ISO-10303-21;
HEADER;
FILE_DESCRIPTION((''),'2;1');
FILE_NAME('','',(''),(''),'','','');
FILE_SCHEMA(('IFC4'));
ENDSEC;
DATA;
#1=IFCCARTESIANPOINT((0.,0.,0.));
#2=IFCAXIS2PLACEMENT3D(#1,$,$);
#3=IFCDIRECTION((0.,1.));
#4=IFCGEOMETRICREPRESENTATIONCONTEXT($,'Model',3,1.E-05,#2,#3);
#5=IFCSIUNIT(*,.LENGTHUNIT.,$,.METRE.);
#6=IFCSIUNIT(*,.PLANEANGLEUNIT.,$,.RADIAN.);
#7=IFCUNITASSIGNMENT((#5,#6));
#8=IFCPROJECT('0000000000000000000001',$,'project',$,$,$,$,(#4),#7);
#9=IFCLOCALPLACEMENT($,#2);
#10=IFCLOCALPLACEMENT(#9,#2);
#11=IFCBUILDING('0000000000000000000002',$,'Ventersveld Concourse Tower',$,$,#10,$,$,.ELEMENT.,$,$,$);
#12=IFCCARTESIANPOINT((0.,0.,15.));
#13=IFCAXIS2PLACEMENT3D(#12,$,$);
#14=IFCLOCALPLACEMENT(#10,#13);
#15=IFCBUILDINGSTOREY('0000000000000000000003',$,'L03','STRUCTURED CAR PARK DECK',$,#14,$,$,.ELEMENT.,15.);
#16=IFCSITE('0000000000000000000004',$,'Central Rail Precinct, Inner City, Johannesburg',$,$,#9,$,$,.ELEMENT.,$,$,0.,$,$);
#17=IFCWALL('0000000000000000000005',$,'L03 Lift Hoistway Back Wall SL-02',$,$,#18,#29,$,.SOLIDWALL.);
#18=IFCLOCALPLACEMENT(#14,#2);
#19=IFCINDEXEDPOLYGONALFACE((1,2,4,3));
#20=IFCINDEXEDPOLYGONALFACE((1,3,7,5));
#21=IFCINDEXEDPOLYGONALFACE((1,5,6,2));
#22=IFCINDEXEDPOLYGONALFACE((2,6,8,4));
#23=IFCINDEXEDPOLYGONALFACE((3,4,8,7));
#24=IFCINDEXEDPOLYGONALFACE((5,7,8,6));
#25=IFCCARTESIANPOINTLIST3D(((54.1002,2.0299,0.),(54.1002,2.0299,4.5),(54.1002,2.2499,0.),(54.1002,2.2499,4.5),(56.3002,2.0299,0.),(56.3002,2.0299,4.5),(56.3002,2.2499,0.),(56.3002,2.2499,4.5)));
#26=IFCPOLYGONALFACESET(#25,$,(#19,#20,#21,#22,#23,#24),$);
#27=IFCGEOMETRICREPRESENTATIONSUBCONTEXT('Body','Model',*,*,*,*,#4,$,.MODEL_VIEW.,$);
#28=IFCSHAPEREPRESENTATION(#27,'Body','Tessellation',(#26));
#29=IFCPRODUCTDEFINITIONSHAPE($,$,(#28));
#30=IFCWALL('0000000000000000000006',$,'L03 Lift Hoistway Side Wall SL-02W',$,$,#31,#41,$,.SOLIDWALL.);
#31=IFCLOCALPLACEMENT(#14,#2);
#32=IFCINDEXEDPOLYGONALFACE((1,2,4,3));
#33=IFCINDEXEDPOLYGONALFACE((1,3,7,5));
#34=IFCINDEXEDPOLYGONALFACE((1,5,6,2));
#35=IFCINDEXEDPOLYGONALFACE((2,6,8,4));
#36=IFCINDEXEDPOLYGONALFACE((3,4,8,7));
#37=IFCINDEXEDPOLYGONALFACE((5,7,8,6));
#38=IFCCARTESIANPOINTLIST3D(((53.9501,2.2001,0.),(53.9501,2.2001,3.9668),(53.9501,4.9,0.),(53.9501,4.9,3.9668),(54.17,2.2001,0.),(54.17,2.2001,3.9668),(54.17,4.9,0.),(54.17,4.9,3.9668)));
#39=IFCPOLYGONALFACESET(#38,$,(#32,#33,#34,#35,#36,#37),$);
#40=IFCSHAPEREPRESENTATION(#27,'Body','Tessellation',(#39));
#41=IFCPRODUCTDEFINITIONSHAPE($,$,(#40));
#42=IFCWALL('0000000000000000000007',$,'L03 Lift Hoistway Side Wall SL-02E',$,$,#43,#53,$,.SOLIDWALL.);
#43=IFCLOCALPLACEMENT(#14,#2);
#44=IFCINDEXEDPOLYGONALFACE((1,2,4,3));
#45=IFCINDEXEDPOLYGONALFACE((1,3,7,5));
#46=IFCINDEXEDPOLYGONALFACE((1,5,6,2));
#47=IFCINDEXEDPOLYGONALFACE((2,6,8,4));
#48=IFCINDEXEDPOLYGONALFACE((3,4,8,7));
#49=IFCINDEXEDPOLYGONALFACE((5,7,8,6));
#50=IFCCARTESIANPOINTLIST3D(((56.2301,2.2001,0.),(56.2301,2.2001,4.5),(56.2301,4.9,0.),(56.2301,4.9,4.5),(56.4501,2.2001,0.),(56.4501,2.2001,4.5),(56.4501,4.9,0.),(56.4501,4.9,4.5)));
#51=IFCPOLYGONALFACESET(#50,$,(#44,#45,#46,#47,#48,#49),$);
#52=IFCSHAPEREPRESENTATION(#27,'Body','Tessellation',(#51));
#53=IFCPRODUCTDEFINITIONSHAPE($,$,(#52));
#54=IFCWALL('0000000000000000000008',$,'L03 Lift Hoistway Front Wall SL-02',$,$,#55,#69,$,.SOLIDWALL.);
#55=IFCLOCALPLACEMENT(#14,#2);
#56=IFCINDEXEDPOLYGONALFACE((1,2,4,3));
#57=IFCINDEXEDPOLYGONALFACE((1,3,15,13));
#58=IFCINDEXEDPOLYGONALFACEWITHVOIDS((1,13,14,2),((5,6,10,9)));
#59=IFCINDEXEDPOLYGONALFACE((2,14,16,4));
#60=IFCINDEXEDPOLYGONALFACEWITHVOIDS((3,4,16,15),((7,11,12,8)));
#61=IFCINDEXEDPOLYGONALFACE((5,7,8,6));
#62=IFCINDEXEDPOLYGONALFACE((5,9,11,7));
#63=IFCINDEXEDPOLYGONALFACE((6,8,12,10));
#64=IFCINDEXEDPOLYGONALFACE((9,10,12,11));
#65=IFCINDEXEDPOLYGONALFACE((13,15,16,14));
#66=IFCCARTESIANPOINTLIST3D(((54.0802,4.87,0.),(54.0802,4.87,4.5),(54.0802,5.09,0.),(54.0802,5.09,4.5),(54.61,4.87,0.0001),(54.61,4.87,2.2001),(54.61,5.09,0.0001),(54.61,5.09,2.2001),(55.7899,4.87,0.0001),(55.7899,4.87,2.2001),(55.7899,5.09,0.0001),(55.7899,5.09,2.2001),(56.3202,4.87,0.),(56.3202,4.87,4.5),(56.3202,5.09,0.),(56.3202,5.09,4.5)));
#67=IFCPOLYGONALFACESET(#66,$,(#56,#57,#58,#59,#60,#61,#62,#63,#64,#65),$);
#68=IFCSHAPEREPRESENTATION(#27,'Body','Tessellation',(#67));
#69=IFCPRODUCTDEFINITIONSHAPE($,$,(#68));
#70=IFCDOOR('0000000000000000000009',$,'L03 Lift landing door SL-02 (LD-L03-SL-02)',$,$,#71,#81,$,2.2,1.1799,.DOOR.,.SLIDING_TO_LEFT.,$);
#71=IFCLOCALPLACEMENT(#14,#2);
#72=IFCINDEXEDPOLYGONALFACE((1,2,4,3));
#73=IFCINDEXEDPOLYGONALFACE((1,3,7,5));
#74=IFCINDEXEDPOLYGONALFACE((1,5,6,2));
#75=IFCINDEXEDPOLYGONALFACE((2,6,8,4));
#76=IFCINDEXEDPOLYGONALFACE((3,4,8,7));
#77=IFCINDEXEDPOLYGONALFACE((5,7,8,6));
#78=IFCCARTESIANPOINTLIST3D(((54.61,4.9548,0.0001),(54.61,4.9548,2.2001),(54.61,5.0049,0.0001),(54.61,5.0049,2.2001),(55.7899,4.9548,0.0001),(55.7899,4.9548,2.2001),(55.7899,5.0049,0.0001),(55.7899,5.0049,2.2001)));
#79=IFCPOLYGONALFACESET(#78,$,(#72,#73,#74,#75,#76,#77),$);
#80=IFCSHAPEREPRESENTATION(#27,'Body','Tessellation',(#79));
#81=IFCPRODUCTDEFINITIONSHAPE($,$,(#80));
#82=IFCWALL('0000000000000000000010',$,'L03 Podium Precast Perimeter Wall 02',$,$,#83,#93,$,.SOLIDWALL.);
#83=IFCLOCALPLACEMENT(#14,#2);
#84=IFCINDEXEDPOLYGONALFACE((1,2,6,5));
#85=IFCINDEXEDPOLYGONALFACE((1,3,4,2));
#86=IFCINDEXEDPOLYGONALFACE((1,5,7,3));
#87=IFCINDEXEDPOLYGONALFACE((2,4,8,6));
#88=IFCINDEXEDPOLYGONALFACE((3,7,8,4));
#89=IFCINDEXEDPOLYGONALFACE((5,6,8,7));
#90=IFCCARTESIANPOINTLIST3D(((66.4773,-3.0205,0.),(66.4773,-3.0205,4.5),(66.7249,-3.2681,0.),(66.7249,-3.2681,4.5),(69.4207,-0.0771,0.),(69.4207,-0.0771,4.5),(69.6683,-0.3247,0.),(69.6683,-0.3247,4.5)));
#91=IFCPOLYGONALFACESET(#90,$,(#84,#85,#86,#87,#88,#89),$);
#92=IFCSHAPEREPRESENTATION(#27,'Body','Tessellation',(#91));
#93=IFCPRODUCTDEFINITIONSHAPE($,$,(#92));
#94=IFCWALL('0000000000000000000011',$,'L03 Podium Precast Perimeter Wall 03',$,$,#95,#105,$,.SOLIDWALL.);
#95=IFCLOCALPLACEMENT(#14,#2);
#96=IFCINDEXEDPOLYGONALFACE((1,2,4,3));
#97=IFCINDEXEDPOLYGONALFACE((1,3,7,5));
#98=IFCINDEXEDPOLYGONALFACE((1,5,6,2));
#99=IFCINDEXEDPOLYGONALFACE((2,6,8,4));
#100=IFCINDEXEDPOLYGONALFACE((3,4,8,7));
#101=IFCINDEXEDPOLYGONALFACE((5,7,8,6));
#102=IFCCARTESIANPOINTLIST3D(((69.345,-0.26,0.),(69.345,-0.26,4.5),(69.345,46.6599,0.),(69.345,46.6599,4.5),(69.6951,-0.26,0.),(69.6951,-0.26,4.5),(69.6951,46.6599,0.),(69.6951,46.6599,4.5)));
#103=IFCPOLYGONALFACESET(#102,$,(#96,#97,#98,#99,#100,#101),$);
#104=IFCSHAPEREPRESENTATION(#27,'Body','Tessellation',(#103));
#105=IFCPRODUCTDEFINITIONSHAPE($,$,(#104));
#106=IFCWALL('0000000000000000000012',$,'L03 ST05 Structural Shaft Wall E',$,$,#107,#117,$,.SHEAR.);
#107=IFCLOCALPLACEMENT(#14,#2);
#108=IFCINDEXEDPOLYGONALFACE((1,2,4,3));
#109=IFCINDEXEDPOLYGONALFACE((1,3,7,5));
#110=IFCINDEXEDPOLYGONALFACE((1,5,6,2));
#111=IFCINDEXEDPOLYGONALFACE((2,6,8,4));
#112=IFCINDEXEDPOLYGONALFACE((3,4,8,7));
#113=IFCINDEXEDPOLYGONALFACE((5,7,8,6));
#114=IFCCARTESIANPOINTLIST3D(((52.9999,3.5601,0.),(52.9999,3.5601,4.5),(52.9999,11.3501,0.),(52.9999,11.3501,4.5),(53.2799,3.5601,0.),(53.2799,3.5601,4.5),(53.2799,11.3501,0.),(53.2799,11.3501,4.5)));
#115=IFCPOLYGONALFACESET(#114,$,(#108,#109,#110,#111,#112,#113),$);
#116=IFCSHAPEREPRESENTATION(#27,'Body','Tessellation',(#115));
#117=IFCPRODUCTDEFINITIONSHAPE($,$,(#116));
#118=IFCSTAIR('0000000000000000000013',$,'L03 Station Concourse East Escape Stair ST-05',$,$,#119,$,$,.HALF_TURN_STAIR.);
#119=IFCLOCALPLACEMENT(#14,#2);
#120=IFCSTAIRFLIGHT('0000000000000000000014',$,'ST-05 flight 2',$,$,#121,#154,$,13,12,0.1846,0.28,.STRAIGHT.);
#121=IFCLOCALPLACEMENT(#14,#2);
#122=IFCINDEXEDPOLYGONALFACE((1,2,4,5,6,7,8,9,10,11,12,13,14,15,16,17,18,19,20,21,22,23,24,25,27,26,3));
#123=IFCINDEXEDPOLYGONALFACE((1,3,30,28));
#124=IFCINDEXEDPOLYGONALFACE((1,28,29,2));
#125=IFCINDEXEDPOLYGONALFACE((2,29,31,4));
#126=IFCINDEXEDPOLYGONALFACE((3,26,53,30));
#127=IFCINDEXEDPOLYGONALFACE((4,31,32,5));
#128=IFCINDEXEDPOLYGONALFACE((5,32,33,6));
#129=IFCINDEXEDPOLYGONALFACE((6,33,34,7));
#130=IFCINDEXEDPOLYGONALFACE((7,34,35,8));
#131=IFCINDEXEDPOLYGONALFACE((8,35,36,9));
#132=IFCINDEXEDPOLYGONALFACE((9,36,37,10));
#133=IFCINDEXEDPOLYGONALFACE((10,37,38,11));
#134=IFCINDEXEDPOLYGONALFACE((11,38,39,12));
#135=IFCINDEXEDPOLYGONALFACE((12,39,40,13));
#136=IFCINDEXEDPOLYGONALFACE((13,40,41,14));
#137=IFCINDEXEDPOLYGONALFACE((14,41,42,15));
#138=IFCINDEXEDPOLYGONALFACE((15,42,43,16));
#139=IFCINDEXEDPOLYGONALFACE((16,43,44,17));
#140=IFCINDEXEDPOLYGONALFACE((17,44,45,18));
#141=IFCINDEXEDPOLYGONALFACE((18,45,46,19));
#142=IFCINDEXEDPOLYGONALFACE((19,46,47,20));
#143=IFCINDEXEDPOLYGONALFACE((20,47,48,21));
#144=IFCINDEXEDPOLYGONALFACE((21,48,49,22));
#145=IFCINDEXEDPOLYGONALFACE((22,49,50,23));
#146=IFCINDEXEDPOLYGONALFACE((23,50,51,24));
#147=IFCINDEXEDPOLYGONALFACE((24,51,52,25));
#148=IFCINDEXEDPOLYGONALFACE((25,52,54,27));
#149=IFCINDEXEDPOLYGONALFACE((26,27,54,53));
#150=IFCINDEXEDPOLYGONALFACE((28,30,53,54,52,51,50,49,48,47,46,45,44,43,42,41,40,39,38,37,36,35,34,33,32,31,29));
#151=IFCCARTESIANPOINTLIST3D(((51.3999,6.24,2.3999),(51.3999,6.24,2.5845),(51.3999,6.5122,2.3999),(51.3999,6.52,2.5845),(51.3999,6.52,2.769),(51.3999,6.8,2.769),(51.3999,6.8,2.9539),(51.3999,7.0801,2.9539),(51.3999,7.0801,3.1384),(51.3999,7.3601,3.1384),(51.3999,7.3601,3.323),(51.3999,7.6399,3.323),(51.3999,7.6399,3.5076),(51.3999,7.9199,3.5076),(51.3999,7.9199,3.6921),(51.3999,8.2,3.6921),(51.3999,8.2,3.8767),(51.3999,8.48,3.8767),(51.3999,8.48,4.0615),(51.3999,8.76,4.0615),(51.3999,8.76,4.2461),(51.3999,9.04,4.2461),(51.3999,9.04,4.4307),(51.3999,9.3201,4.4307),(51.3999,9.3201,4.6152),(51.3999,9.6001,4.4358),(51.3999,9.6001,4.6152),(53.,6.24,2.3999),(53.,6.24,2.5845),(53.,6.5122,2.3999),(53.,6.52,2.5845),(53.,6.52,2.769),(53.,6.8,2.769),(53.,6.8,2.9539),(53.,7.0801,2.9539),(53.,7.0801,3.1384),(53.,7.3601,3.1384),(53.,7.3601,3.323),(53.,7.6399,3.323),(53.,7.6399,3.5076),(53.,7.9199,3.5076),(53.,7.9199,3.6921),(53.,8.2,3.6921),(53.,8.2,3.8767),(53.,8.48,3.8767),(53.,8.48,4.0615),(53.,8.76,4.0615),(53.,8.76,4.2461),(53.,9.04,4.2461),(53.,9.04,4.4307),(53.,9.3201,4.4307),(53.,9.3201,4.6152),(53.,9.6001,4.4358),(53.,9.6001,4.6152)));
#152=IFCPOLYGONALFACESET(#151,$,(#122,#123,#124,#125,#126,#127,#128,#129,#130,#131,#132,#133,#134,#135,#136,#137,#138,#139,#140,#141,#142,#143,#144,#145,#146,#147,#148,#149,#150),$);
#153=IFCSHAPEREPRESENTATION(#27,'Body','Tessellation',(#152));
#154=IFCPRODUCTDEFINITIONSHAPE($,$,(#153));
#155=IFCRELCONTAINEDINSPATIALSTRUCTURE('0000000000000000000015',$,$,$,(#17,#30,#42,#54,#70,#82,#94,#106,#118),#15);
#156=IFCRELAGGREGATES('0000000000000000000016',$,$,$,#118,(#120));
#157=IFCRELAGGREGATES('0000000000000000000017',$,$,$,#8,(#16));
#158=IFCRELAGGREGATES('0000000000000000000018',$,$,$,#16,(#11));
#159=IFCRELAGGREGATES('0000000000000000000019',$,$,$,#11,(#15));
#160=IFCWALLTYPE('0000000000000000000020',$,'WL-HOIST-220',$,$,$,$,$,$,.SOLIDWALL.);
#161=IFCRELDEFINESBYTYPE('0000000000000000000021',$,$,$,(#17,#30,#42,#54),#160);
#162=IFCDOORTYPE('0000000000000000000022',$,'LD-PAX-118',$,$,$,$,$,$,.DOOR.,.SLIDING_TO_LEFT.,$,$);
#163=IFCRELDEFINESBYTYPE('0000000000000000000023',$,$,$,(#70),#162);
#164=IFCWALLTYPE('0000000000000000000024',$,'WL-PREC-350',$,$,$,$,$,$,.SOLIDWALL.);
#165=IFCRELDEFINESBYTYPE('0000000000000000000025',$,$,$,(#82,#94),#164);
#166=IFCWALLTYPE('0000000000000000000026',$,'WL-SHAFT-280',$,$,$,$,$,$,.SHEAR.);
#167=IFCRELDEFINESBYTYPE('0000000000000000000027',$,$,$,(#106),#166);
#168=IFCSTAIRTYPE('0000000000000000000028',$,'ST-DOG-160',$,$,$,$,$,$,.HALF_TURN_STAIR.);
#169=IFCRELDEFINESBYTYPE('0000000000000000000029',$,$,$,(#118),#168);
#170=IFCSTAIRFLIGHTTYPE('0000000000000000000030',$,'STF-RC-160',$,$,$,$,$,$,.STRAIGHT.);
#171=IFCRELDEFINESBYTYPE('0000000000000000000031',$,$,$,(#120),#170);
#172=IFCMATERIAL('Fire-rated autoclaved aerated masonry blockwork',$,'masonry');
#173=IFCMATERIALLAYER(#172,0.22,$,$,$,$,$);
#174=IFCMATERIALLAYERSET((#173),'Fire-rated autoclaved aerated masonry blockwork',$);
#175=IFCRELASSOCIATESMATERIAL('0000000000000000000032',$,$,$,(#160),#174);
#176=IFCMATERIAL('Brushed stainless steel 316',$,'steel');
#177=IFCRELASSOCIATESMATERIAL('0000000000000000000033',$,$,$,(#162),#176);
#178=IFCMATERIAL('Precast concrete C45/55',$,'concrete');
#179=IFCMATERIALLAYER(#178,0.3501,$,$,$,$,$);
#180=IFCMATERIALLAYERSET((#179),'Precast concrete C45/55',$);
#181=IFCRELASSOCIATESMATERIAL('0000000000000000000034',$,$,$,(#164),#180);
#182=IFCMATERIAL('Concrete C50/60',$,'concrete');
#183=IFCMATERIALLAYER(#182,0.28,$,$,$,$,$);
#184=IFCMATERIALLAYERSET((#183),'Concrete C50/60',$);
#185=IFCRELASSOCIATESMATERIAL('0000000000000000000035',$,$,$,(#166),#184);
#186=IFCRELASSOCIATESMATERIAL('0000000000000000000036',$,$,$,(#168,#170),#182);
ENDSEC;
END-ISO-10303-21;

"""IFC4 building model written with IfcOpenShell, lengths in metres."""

from ifc_helpers import new_model, si_unit, direction, frame, frame_2d, origin, place, context, subcontext, project, spatial, polyline, rectangle, outline, extrude, material, layer, layer_set, type_object, element, fill, aggregate, save


model = new_model("IFC4")

# Units and contexts
model_context = context("Model", 3, precision=1e-05, world=origin(), true_north=direction((0.0, 1.0)))
body_context = subcontext(model_context, "Body", "Model", "MODEL_VIEW")
ifc_project = project(units=[si_unit("LENGTHUNIT", "METRE"), si_unit("PLANEANGLEUNIT", "RADIAN")], contexts=[model_context])

# Site, building, storey
site_placement = place(None, origin())
site = spatial("IfcSite", under=ifc_project, at=site_placement, Name="Central Rail Precinct, Inner City, Johannesburg", CompositionType="ELEMENT", RefElevation=0.0)
building_placement = place(site_placement, origin())
building = spatial("IfcBuilding", under=site, at=building_placement, Name="Ventersveld Concourse Tower", CompositionType="ELEMENT")
storey_placement = place(building_placement, frame((0.0, 0.0, 15.0)))
storey = spatial("IfcBuildingStorey", under=building, at=storey_placement, Name="L03", Description="STRUCTURED CAR PARK DECK", CompositionType="ELEMENT", Elevation=15.0)

# Walls
ifc_material_1 = material(Name="Fire-rated autoclaved aerated masonry blockwork", Category="masonry")
ifc_layer_1 = layer(ifc_material_1, 0.22)
ifc_layer_set_1 = layer_set([ifc_layer_1], Name="Fire-rated autoclaved aerated masonry blockwork")
wall_type_1 = type_object("IfcWallType", Name="WL-HOIST-220", PredefinedType="SOLIDWALL", material=ifc_layer_set_1)
wall_1_placement = place(storey_placement, frame((54.1001, 2.1399, 0.0), z_axis=(0.0, 0.0, 1.0), x_axis=(1.0, 0.0, 0.0)))
element("IfcWall", 1, at=wall_1_placement, inside=storey, type_object=wall_type_1, Name="L03 Lift Hoistway Back Wall SL-02", PredefinedType="SOLIDWALL", context=body_context, shape_type="SweptSolid", body=[
    extrude(rectangle(XDim=2.2, YDim=0.22, at=frame_2d((1.1001, 0.0))), origin(), (0.0, 0.0, 1.0), 4.5),
])
wall_2_placement = place(storey_placement, frame((54.0601, 2.2, 0.0), z_axis=(0.0, 0.0, 1.0), x_axis=(0.0, 1.0, 0.0)))
element("IfcWall", 2, at=wall_2_placement, inside=storey, type_object=wall_type_1, Name="L03 Lift Hoistway Side Wall SL-02W", PredefinedType="SOLIDWALL", context=body_context, shape_type="SweptSolid", body=[
    extrude(rectangle(XDim=2.7, YDim=0.22, at=frame_2d((1.3501, 0.0))), origin(), (0.0, 0.0, 1.0), 3.9668),
])
wall_3_placement = place(storey_placement, frame((56.3401, 2.2, 0.0), z_axis=(0.0, 0.0, 1.0), x_axis=(0.0, 1.0, 0.0)))
element("IfcWall", 3, at=wall_3_placement, inside=storey, type_object=wall_type_1, Name="L03 Lift Hoistway Side Wall SL-02E", PredefinedType="SOLIDWALL", context=body_context, shape_type="SweptSolid", body=[
    extrude(rectangle(XDim=2.7, YDim=0.22, at=frame_2d((1.3501, 0.0))), origin(), (0.0, 0.0, 1.0), 4.5),
])

# Wall, opening, door
wall_4_placement = place(storey_placement, frame((54.0801, 4.98, 0.0), z_axis=(0.0, 0.0, 1.0), x_axis=(1.0, 0.0, 0.0)))
wall_4 = element("IfcWall", 4, at=wall_4_placement, inside=storey, type_object=wall_type_1, Name="L03 Lift Hoistway Front Wall SL-02", PredefinedType="SOLIDWALL", context=body_context, shape_type="SweptSolid", body=[
    extrude(rectangle(XDim=2.24, YDim=0.22, at=frame_2d((1.1201, 0.0))), origin(), (0.0, 0.0, 1.0), 4.5),
])
opening_placement = place(wall_4_placement, frame((0.53, 0.0, 0.0)))
opening = element("IfcOpeningElement", 5, at=opening_placement, cuts=wall_4, PredefinedType="OPENING", context=body_context, shape_type="SweptSolid", body=[
    extrude(rectangle(XDim=1.1799, YDim=2.2, at=frame_2d((0.5898, 1.1001))), frame((0.0, 0.1201, 0.0), z_axis=(0.0, -1.0, 0.0), x_axis=(1.0, 0.0, 0.0)), (0.0, 0.0, 1.0), 0.24),
])
ifc_material_2 = material(Name="Brushed stainless steel 316", Category="steel")
door_type = type_object("IfcDoorType", Name="LD-PAX-118", OperationType="SLIDING_TO_LEFT", PredefinedType="DOOR", material=ifc_material_2)
door_placement = place(opening_placement, origin())
door = element("IfcDoor", 6, at=door_placement, inside=storey, type_object=door_type, Name="L03 Lift landing door SL-02 (LD-L03-SL-02)", OperationType="SLIDING_TO_LEFT", OverallHeight=2.2, OverallWidth=1.1799, PredefinedType="DOOR", context=body_context, shape_type="SweptSolid", body=[
    extrude(rectangle(XDim=1.1799, YDim=2.2, at=frame_2d((0.5898, 1.1001))), frame((0.0, 0.0249, 0.0), z_axis=(0.0, -1.0, 0.0), x_axis=(1.0, 0.0, 0.0)), (0.0, 0.0, 1.0), 0.05),
])
fill(opening, door)

# Walls
ifc_material_3 = material(Name="Precast concrete C45/55", Category="concrete")
ifc_layer_2 = layer(ifc_material_3, 0.3501)
ifc_layer_set_2 = layer_set([ifc_layer_2], Name="Precast concrete C45/55")
wall_type_2 = type_object("IfcWallType", Name="WL-PREC-350", PredefinedType="SOLIDWALL", material=ifc_layer_set_2)
wall_5_placement = place(storey_placement, frame((66.6011, -3.1443, 0.0), z_axis=(0.0, 0.0, 1.0), x_axis=(0.707107, 0.707107, 0.0)))
element("IfcWall", 7, at=wall_5_placement, inside=storey, type_object=wall_type_2, Name="L03 Podium Precast Perimeter Wall 02", PredefinedType="SOLIDWALL", context=body_context, shape_type="SweptSolid", body=[
    extrude(rectangle(XDim=4.1626, YDim=0.3501, at=frame_2d((2.0813, 0.0))), origin(), (0.0, 0.0, 1.0), 4.5),
])
wall_6_placement = place(storey_placement, frame((69.52, -0.26, 0.0), z_axis=(0.0, 0.0, 1.0), x_axis=(0.0, 1.0, 0.0)))
element("IfcWall", 8, at=wall_6_placement, inside=storey, type_object=wall_type_2, Name="L03 Podium Precast Perimeter Wall 03", PredefinedType="SOLIDWALL", context=body_context, shape_type="SweptSolid", body=[
    extrude(rectangle(XDim=46.9199, YDim=0.3501, at=frame_2d((23.46, 0.0))), origin(), (0.0, 0.0, 1.0), 4.5),
])
ifc_material_4 = material(Name="Concrete C50/60", Category="concrete")
ifc_layer_3 = layer(ifc_material_4, 0.28)
ifc_layer_set_3 = layer_set([ifc_layer_3], Name="Concrete C50/60")
wall_type_3 = type_object("IfcWallType", Name="WL-SHAFT-280", PredefinedType="SHEAR", material=ifc_layer_set_3)
wall_7_placement = place(storey_placement, frame((53.1399, 3.5601, 0.0), z_axis=(0.0, 0.0, 1.0), x_axis=(0.0, 1.0, 0.0)))
element("IfcWall", 9, at=wall_7_placement, inside=storey, type_object=wall_type_3, Name="L03 ST05 Structural Shaft Wall E", PredefinedType="SHEAR", context=body_context, shape_type="SweptSolid", body=[
    extrude(rectangle(XDim=7.79, YDim=0.28, at=frame_2d((3.895, 0.0))), origin(), (0.0, 0.0, 1.0), 4.5),
])

# Stair, stair flight
stair_type = type_object("IfcStairType", Name="ST-DOG-160", PredefinedType="HALF_TURN_STAIR", material=ifc_material_4)
stair_placement = place(storey_placement, origin())
stair = element("IfcStair", 10, at=stair_placement, inside=storey, type_object=stair_type, Name="L03 Station Concourse East Escape Stair ST-05", PredefinedType="HALF_TURN_STAIR")
stair_flight_type = type_object("IfcStairFlightType", Name="STF-RC-160", PredefinedType="STRAIGHT", material=ifc_material_4)
stair_flight_placement = place(storey_placement, frame((52.2, 6.24, 2.3999), z_axis=(0.0, 0.0, 1.0), x_axis=(0.0, 1.0, 0.0)))
stair_flight = element("IfcStairFlight", 11, at=stair_flight_placement, type_object=stair_flight_type, Name="ST-05 flight 2", NumberOfRisers=13, NumberOfTreads=12, PredefinedType="STRAIGHT", RiserHeight=0.1846, TreadLength=0.28, context=body_context, shape_type="SweptSolid", body=[
    extrude(outline(polyline([(0.0, 0.0), (0.0, 0.1846), (0.28, 0.1846), (0.28, 0.3691), (0.5601, 0.3691), (0.5601, 0.554), (0.8401, 0.554), (0.8401, 0.7385), (1.1201, 0.7385), (1.1201, 0.9231), (1.3999, 0.9231), (1.3999, 1.1077), (1.6799, 1.1077), (1.6799, 1.2922), (1.96, 1.2922), (1.96, 1.4768), (2.24, 1.4768), (2.24, 1.6616), (2.52, 1.6616), (2.52, 1.8462), (2.8, 1.8462), (2.8, 2.0308), (3.0801, 2.0308), (3.0801, 2.2153), (3.3601, 2.2153), (3.3601, 2.3999), (3.3601, 2.0359), (0.2722, 0.0), (0.0, 0.0)])), frame((0.0, 0.8, 0.0), z_axis=(0.0, -1.0, 0.0), x_axis=(1.0, 0.0, 0.0)), (0.0, 0.0, 1.0), 1.6001),
])
aggregate(stair, [stair_flight])

save(model, "model.ifc")
